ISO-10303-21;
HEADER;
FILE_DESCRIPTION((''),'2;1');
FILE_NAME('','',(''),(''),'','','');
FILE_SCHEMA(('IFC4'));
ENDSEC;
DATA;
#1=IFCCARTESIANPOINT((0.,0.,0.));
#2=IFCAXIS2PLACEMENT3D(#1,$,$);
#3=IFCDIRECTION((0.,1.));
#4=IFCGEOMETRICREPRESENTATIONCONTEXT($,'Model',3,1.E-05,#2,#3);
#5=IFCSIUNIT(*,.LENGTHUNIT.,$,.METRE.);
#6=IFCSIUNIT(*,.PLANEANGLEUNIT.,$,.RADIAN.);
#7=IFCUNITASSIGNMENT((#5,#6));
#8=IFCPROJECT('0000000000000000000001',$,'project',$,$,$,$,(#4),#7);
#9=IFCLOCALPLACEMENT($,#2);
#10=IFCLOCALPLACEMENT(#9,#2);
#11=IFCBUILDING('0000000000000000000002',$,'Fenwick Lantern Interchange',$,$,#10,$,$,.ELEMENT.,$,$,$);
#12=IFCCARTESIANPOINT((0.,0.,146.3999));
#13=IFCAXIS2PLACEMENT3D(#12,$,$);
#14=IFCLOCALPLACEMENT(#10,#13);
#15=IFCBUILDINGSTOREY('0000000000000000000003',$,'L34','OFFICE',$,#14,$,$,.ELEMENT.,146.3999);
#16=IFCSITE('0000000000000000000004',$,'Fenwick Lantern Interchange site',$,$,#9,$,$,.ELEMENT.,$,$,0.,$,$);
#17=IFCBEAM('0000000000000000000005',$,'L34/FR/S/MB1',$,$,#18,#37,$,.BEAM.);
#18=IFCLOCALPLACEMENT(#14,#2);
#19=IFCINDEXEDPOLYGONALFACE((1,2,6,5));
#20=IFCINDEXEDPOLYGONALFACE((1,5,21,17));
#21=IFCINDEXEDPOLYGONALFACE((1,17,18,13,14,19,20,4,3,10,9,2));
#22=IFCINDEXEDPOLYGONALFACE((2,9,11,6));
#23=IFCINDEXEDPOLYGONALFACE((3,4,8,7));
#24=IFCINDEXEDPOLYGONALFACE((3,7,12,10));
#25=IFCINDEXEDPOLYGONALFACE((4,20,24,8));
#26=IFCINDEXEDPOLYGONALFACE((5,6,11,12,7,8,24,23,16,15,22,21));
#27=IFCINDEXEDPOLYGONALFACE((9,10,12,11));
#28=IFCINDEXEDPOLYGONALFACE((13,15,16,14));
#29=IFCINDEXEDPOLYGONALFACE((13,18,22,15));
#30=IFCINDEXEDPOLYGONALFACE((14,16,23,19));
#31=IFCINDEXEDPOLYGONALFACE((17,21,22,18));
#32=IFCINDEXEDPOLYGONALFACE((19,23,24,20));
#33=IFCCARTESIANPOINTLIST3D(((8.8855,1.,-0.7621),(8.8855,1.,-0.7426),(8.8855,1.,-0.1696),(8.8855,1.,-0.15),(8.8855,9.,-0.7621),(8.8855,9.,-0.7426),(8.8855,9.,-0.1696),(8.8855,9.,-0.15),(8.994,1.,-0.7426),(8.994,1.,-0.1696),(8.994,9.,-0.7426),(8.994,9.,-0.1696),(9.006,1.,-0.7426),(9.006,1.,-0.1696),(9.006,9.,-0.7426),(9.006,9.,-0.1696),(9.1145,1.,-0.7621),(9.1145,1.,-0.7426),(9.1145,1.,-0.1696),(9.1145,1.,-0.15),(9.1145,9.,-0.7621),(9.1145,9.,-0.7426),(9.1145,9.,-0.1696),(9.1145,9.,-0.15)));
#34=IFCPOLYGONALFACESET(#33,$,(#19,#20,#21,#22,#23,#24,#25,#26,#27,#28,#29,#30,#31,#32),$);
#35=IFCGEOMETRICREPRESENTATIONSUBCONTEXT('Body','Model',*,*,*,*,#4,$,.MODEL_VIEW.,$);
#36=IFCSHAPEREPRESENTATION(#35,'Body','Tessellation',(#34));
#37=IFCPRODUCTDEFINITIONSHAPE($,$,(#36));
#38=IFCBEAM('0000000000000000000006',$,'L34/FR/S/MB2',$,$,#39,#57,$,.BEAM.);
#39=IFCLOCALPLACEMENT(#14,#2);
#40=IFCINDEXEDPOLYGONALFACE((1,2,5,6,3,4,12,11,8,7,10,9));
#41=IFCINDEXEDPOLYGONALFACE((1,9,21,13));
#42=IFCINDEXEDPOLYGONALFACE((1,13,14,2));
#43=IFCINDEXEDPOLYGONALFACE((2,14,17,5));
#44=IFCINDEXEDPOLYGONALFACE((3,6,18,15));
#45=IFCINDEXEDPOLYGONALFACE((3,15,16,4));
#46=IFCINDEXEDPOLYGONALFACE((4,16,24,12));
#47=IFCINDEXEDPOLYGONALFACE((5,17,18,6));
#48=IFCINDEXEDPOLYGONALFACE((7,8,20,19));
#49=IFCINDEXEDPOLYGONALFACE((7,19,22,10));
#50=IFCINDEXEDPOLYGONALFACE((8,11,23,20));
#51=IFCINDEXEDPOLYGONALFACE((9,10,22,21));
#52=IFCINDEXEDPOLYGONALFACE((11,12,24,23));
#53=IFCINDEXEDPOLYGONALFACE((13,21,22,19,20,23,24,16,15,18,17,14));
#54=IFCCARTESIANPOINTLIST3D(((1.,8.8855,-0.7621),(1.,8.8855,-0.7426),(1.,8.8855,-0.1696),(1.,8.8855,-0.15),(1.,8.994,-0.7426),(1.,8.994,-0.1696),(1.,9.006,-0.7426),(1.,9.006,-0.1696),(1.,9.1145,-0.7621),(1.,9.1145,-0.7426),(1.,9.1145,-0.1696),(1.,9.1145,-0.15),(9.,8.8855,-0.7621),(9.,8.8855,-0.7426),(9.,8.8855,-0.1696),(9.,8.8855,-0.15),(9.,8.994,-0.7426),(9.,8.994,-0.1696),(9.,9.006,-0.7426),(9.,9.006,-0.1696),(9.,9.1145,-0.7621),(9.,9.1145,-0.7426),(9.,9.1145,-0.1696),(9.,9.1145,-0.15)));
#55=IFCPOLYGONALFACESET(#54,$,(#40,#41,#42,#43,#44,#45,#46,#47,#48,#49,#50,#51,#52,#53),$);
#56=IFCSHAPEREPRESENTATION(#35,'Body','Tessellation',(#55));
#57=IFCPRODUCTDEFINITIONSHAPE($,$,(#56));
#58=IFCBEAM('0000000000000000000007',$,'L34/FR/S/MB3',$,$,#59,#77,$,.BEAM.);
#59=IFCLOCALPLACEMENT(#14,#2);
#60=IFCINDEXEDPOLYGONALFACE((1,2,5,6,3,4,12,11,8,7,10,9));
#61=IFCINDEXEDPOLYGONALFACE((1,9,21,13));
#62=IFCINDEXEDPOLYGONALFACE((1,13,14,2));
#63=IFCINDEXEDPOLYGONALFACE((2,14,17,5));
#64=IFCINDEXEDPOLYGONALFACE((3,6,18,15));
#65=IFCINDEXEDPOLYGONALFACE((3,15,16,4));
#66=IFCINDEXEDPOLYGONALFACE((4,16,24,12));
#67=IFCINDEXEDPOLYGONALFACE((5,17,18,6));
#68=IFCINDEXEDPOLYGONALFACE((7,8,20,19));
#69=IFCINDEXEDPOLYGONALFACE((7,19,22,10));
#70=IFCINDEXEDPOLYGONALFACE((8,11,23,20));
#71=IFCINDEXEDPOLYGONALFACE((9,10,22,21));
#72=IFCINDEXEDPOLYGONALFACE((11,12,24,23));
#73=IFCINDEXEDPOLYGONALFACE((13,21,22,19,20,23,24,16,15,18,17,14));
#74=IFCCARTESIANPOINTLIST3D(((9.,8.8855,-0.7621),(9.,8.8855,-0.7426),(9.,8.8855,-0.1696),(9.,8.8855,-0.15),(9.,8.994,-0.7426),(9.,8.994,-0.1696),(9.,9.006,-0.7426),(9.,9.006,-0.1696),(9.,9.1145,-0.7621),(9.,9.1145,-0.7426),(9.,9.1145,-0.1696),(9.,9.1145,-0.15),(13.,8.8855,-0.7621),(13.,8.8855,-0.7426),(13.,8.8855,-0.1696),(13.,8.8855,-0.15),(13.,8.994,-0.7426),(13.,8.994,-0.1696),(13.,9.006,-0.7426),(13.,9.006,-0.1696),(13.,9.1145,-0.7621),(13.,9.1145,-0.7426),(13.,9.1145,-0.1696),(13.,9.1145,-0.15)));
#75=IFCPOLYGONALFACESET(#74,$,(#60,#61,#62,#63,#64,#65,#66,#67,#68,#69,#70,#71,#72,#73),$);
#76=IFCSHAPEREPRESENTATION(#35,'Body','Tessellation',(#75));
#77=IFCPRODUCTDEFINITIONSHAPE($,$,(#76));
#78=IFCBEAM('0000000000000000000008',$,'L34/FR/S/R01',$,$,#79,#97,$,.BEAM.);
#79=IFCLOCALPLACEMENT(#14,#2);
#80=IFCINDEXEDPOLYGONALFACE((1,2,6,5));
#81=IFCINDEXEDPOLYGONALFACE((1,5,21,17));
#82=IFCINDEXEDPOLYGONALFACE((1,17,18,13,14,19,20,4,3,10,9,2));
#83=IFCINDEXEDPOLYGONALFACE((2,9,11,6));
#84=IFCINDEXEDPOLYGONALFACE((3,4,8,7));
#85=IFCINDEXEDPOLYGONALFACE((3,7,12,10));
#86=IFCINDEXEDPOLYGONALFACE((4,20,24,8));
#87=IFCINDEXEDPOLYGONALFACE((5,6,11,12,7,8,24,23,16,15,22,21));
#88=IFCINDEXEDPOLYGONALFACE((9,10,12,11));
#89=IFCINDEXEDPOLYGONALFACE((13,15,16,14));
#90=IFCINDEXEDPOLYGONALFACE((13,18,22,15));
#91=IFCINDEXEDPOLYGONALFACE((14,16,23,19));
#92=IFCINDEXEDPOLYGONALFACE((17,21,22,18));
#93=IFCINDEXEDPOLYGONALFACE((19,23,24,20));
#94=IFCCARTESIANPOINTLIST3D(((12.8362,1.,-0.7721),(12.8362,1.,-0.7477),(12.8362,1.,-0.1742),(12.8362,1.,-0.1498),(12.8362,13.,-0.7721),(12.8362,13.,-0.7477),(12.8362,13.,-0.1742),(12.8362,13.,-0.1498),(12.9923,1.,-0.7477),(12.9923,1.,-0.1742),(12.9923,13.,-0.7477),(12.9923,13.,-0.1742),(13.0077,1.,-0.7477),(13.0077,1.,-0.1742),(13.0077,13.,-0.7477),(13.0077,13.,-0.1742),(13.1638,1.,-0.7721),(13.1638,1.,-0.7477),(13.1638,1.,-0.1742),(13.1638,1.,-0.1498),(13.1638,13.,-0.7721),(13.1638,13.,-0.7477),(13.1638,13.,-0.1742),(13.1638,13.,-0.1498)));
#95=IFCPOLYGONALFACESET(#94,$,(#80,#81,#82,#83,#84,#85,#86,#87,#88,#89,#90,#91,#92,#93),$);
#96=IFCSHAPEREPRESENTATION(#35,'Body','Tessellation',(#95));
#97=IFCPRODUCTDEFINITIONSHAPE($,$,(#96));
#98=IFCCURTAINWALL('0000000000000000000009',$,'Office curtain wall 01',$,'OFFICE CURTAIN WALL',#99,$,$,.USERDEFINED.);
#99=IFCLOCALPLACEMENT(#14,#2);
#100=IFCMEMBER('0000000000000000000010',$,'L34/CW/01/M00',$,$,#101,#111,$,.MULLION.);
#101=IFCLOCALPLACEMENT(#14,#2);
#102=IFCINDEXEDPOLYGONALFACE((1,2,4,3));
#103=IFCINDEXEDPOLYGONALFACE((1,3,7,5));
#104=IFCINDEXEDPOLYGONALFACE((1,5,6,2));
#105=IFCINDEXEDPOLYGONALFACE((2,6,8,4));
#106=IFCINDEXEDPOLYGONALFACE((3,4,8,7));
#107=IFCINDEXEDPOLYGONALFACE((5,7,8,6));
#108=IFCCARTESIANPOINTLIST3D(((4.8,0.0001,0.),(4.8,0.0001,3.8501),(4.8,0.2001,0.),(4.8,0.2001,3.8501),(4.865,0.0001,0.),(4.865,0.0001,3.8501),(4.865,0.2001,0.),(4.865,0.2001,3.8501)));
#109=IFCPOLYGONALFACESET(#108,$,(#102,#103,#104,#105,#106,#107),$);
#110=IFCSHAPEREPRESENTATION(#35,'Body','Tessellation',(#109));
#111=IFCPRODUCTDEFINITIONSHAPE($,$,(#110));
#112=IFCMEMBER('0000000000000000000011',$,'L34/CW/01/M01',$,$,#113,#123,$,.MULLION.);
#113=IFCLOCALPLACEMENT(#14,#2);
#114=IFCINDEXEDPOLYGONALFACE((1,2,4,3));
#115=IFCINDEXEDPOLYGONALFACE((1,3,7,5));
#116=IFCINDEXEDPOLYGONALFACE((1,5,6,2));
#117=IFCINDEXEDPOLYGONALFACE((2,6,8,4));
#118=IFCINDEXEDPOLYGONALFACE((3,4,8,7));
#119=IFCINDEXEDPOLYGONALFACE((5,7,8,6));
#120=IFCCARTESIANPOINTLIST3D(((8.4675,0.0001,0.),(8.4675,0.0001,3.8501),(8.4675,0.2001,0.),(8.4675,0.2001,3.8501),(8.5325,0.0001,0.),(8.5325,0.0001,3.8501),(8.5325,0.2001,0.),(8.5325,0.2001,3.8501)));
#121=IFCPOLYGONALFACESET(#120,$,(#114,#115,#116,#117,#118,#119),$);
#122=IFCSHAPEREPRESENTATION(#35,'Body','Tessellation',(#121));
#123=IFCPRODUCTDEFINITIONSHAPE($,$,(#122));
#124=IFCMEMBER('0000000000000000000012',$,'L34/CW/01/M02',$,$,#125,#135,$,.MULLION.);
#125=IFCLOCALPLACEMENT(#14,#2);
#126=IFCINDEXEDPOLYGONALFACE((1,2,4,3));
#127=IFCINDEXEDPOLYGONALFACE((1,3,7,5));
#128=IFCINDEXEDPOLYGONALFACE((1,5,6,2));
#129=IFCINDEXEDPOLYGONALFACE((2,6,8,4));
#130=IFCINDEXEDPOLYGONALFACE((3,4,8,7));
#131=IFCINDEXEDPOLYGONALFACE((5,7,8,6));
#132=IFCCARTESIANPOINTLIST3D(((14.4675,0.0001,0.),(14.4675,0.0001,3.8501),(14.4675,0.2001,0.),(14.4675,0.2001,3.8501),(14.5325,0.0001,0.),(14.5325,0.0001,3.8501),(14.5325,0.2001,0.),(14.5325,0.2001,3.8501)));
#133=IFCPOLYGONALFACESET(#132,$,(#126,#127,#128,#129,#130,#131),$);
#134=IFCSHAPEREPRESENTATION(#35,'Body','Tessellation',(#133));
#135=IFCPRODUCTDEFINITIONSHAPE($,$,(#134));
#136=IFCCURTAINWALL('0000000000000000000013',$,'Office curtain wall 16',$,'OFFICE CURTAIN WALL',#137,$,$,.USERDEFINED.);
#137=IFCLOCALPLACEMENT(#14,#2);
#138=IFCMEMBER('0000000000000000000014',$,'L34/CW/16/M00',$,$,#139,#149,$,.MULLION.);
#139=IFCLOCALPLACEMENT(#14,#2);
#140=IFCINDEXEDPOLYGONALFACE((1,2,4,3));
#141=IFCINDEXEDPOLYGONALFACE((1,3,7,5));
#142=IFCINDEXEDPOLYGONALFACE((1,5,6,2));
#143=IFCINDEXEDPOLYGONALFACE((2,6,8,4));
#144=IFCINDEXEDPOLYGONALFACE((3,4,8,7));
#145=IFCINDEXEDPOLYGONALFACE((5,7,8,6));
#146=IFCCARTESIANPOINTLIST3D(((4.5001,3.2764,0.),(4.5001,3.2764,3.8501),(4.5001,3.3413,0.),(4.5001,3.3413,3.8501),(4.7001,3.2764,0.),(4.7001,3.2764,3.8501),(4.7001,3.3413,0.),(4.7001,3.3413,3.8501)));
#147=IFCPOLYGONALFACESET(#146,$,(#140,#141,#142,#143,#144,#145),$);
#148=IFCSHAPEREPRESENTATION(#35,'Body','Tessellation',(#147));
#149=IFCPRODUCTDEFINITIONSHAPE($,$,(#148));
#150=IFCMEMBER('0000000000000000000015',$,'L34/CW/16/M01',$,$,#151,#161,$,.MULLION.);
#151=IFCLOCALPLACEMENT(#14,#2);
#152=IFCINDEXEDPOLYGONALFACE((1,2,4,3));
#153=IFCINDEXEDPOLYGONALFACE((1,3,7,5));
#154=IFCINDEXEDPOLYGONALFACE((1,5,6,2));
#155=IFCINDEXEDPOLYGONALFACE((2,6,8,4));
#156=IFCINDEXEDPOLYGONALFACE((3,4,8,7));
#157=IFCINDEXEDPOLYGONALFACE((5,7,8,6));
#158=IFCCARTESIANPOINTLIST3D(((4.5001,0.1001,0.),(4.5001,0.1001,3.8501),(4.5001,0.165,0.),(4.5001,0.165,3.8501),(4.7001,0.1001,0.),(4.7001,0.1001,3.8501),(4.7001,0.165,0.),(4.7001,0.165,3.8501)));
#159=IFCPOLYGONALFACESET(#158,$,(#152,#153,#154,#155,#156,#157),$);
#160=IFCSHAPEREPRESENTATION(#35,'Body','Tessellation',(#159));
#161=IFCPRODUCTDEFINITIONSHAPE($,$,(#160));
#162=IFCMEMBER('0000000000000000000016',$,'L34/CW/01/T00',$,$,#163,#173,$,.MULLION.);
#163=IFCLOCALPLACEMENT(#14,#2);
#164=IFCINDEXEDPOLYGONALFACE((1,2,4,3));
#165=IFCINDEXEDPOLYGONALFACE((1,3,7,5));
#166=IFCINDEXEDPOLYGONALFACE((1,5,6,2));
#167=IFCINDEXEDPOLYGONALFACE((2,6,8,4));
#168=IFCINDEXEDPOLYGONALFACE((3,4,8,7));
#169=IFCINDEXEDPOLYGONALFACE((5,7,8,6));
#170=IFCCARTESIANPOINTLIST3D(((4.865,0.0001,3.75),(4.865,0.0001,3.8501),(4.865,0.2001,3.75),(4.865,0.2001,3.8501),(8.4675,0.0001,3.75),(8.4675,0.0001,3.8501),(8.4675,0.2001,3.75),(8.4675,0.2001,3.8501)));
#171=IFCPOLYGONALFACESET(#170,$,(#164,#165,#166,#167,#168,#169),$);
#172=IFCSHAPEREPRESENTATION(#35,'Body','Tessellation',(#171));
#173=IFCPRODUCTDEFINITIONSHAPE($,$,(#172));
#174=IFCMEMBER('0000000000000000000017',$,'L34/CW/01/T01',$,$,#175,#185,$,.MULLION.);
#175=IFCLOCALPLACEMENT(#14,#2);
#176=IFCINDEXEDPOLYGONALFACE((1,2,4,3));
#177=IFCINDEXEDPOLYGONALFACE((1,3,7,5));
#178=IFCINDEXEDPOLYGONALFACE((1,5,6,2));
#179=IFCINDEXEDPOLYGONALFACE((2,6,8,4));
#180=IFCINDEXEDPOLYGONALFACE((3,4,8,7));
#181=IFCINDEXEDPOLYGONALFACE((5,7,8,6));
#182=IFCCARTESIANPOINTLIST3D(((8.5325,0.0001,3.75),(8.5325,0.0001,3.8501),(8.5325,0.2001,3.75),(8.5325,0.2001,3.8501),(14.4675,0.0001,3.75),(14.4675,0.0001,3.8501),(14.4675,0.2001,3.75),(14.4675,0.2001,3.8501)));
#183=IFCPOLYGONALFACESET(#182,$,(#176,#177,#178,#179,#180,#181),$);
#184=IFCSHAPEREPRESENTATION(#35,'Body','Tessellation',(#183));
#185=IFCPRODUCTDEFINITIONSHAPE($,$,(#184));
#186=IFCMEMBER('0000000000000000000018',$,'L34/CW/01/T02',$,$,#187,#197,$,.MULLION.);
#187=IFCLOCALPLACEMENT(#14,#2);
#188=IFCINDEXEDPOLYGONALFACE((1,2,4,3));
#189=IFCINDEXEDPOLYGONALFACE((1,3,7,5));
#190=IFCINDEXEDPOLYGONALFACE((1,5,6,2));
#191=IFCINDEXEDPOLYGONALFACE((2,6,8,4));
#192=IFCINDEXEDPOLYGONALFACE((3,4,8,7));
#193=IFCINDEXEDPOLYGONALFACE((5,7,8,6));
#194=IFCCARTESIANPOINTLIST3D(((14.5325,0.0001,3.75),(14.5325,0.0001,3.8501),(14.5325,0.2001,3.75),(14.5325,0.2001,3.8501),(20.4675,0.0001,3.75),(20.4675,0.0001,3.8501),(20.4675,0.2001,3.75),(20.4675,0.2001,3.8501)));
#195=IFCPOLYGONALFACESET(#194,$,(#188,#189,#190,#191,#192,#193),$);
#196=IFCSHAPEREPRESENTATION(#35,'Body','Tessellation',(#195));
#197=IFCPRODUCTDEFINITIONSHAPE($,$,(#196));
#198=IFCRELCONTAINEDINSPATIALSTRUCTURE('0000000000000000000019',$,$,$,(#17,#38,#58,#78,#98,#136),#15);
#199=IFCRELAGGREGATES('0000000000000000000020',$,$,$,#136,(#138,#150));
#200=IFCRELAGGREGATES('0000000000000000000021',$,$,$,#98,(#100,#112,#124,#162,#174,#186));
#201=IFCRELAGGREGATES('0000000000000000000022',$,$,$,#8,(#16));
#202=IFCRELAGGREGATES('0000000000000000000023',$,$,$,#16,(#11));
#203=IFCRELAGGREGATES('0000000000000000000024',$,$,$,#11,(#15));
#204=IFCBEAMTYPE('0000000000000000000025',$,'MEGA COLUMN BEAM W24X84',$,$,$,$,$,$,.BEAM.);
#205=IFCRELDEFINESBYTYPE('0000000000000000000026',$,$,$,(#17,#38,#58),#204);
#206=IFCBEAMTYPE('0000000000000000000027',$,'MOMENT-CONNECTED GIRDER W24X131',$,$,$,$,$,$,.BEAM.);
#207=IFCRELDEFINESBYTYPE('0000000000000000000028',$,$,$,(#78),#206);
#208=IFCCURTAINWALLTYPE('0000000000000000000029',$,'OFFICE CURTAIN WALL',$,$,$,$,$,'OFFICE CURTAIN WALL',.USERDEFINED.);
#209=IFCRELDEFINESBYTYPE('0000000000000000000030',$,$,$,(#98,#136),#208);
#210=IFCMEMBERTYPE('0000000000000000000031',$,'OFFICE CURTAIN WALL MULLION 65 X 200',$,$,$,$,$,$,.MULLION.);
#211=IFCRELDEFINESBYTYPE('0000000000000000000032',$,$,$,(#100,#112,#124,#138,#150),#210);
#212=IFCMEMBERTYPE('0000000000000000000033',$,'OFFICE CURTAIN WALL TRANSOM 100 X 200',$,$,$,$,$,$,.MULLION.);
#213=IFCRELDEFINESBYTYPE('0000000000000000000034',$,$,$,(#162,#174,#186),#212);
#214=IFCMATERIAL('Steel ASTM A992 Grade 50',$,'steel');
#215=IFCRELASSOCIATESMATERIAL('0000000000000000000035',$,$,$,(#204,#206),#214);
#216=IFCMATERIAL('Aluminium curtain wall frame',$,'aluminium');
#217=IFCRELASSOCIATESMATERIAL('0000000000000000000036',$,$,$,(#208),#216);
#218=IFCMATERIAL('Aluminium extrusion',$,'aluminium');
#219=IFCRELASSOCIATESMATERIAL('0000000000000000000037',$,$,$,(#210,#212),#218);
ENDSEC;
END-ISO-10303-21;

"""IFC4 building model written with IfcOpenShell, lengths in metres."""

from ifc_helpers import new_model, si_unit, direction, frame, origin, origin_2d, place, context, subcontext, project, spatial, rectangle, i_section, extrude, material, material_profile, profile_set, type_object, element, aggregate, save


model = new_model("IFC4")

# Units and contexts
model_context = context("Model", 3, precision=1e-05, world=origin(), true_north=direction((0.0, 1.0)))
body_context = subcontext(model_context, "Body", "Model", "MODEL_VIEW")
ifc_project = project(units=[si_unit("LENGTHUNIT", "METRE"), si_unit("PLANEANGLEUNIT", "RADIAN")], contexts=[model_context])

# Site, building, storey
site_placement = place(None, origin())
site = spatial("IfcSite", under=ifc_project, at=site_placement, Name="Fenwick Lantern Interchange site", CompositionType="ELEMENT", RefElevation=0.0)
building_placement = place(site_placement, origin())
building = spatial("IfcBuilding", under=site, at=building_placement, Name="Fenwick Lantern Interchange", CompositionType="ELEMENT")
storey_placement = place(building_placement, frame((0.0, 0.0, 146.3999)))
storey = spatial("IfcBuildingStorey", under=building, at=storey_placement, Name="L34", Description="OFFICE", CompositionType="ELEMENT", Elevation=146.3999)

# Shared definitions
ifc_material_1 = material(Name="Steel ASTM A992 Grade 50", Category="steel")

# Beams
ifc_material_profile_1 = material_profile(ifc_material_1, i_section(OverallWidth=0.229, OverallDepth=0.6121, WebThickness=0.012, FlangeThickness=0.0195, at=origin_2d()), Name="W24X84")
ifc_profile_set_1 = profile_set([ifc_material_profile_1], Name="Steel ASTM A992 Grade 50")
beam_type_1 = type_object("IfcBeamType", Name="MEGA COLUMN BEAM W24X84", PredefinedType="BEAM", material=ifc_profile_set_1)
for number, where, z_axis, x_axis, name in (
    (1, (9.0, 9.0, -0.4561), (0.0, -1.0, 0.0), (1.0, 0.0, 0.0), "L34/FR/S/MB1"),
    (2, (9.0, 9.0, -0.4561), (-1.0, 0.0, 0.0), (0.0, -1.0, 0.0), "L34/FR/S/MB2"),
):
    element("IfcBeam", number, at=place(storey_placement, frame(where, z_axis=z_axis, x_axis=x_axis)), inside=storey, type_object=beam_type_1, Name=name, PredefinedType="BEAM", context=body_context, shape_type="SweptSolid", body=[
        extrude(i_section(OverallWidth=0.229, OverallDepth=0.6121, WebThickness=0.012, FlangeThickness=0.0195, at=origin_2d()), origin(), (0.0, 0.0, 1.0), 8.0),
    ])
beam_1_placement = place(storey_placement, frame((9.0, 9.0, -0.4561), z_axis=(1.0, 0.0, 0.0), x_axis=(0.0, 1.0, 0.0)))
element("IfcBeam", 3, at=beam_1_placement, inside=storey, type_object=beam_type_1, Name="L34/FR/S/MB3", PredefinedType="BEAM", context=body_context, shape_type="SweptSolid", body=[
    extrude(i_section(OverallWidth=0.229, OverallDepth=0.6121, WebThickness=0.012, FlangeThickness=0.0195, at=origin_2d()), origin(), (0.0, 0.0, 1.0), 4.0),
])
ifc_material_profile_2 = material_profile(ifc_material_1, i_section(OverallWidth=0.3276, OverallDepth=0.6223, WebThickness=0.0154, FlangeThickness=0.0244, at=origin_2d()), Name="W24X131")
ifc_profile_set_2 = profile_set([ifc_material_profile_2], Name="Steel ASTM A992 Grade 50")
beam_type_2 = type_object("IfcBeamType", Name="MOMENT-CONNECTED GIRDER W24X131", PredefinedType="BEAM", material=ifc_profile_set_2)
beam_2_placement = place(storey_placement, frame((13.0, 1.0, -0.4609), z_axis=(0.0, 1.0, 0.0), x_axis=(-1.0, 0.0, 0.0)))
element("IfcBeam", 4, at=beam_2_placement, inside=storey, type_object=beam_type_2, Name="L34/FR/S/R01", PredefinedType="BEAM", context=body_context, shape_type="SweptSolid", body=[
    extrude(i_section(OverallWidth=0.3276, OverallDepth=0.6223, WebThickness=0.0154, FlangeThickness=0.0244, at=origin_2d()), origin(), (0.0, 0.0, 1.0), 12.0),
])

# Curtain walls, members
ifc_material_2 = material(Name="Aluminium curtain wall frame", Category="aluminium")
curtain_wall_type = type_object("IfcCurtainWallType", Name="OFFICE CURTAIN WALL", ElementType="OFFICE CURTAIN WALL", PredefinedType="USERDEFINED", material=ifc_material_2)
curtain_wall_1_placement = place(storey_placement, origin())
curtain_wall_1 = element("IfcCurtainWall", 5, at=curtain_wall_1_placement, inside=storey, type_object=curtain_wall_type, Name="Office curtain wall 01", ObjectType="OFFICE CURTAIN WALL", PredefinedType="USERDEFINED")
ifc_material_3 = material(Name="Aluminium extrusion", Category="aluminium")
ifc_material_profile_3 = material_profile(ifc_material_3, rectangle(XDim=0.2, YDim=0.0649, at=origin_2d()), Name="OFFICE CURTAIN WALL MULLION 65 X 200")
ifc_profile_set_3 = profile_set([ifc_material_profile_3], Name="Aluminium extrusion")
member_type_1 = type_object("IfcMemberType", Name="OFFICE CURTAIN WALL MULLION 65 X 200", PredefinedType="MULLION", material=ifc_profile_set_3)
member_1_placement = place(storey_placement, frame((4.8325, 0.1001, 0.0), z_axis=(0.0, 0.0, 1.0), x_axis=(0.0, 1.0, 0.0)))
member_1 = element("IfcMember", 6, at=member_1_placement, type_object=member_type_1, Name="L34/CW/01/M00", PredefinedType="MULLION", context=body_context, shape_type="SweptSolid", body=[
    extrude(rectangle(XDim=0.2, YDim=0.0649, at=origin_2d()), origin(), (0.0, 0.0, 1.0), 3.8501),
])
member_2_placement = place(storey_placement, frame((8.5, 0.1001, 0.0), z_axis=(0.0, 0.0, 1.0), x_axis=(0.0, 1.0, 0.0)))
member_2 = element("IfcMember", 7, at=member_2_placement, type_object=member_type_1, Name="L34/CW/01/M01", PredefinedType="MULLION", context=body_context, shape_type="SweptSolid", body=[
    extrude(rectangle(XDim=0.2, YDim=0.0649, at=origin_2d()), origin(), (0.0, 0.0, 1.0), 3.8501),
])
member_3_placement = place(storey_placement, frame((14.5, 0.1001, 0.0), z_axis=(0.0, 0.0, 1.0), x_axis=(0.0, 1.0, 0.0)))
member_3 = element("IfcMember", 8, at=member_3_placement, type_object=member_type_1, Name="L34/CW/01/M02", PredefinedType="MULLION", context=body_context, shape_type="SweptSolid", body=[
    extrude(rectangle(XDim=0.2, YDim=0.0649, at=origin_2d()), origin(), (0.0, 0.0, 1.0), 3.8501),
])
curtain_wall_2_placement = place(storey_placement, origin())
curtain_wall_2 = element("IfcCurtainWall", 9, at=curtain_wall_2_placement, inside=storey, type_object=curtain_wall_type, Name="Office curtain wall 16", ObjectType="OFFICE CURTAIN WALL", PredefinedType="USERDEFINED")
member_4_placement = place(storey_placement, frame((4.6001, 3.3088, 0.0), z_axis=(0.0, 0.0, 1.0), x_axis=(1.0, 0.0, 0.0)))
member_4 = element("IfcMember", 10, at=member_4_placement, type_object=member_type_1, Name="L34/CW/16/M00", PredefinedType="MULLION", context=body_context, shape_type="SweptSolid", body=[
    extrude(rectangle(XDim=0.2, YDim=0.0649, at=origin_2d()), origin(), (0.0, 0.0, 1.0), 3.8501),
])
member_5_placement = place(storey_placement, frame((4.6001, 0.1326, 0.0), z_axis=(0.0, 0.0, 1.0), x_axis=(1.0, 0.0, 0.0)))
member_5 = element("IfcMember", 11, at=member_5_placement, type_object=member_type_1, Name="L34/CW/16/M01", PredefinedType="MULLION", context=body_context, shape_type="SweptSolid", body=[
    extrude(rectangle(XDim=0.2, YDim=0.0649, at=origin_2d()), origin(), (0.0, 0.0, 1.0), 3.8501),
])

# Members
ifc_material_profile_4 = material_profile(ifc_material_3, rectangle(XDim=0.2, YDim=0.1001, at=origin_2d()), Name="OFFICE CURTAIN WALL TRANSOM 100 X 200")
ifc_profile_set_4 = profile_set([ifc_material_profile_4], Name="Aluminium extrusion")
member_type_2 = type_object("IfcMemberType", Name="OFFICE CURTAIN WALL TRANSOM 100 X 200", PredefinedType="MULLION", material=ifc_profile_set_4)
member_6_placement = place(storey_placement, frame((4.865, 0.1001, 3.8), z_axis=(1.0, 0.0, 0.0), x_axis=(0.0, 1.0, 0.0)))
member_6 = element("IfcMember", 12, at=member_6_placement, type_object=member_type_2, Name="L34/CW/01/T00", PredefinedType="MULLION", context=body_context, shape_type="SweptSolid", body=[
    extrude(rectangle(XDim=0.2, YDim=0.1001, at=origin_2d()), origin(), (0.0, 0.0, 1.0), 3.6025),
])
member_7_placement = place(storey_placement, frame((8.5325, 0.1001, 3.8), z_axis=(1.0, 0.0, 0.0), x_axis=(0.0, 1.0, 0.0)))
member_7 = element("IfcMember", 13, at=member_7_placement, type_object=member_type_2, Name="L34/CW/01/T01", PredefinedType="MULLION", context=body_context, shape_type="SweptSolid", body=[
    extrude(rectangle(XDim=0.2, YDim=0.1001, at=origin_2d()), origin(), (0.0, 0.0, 1.0), 5.9351),
])
member_8_placement = place(storey_placement, frame((14.5325, 0.1001, 3.8), z_axis=(1.0, 0.0, 0.0), x_axis=(0.0, 1.0, 0.0)))
member_8 = element("IfcMember", 14, at=member_8_placement, type_object=member_type_2, Name="L34/CW/01/T02", PredefinedType="MULLION", context=body_context, shape_type="SweptSolid", body=[
    extrude(rectangle(XDim=0.2, YDim=0.1001, at=origin_2d()), origin(), (0.0, 0.0, 1.0), 5.9351),
])
aggregate(curtain_wall_2, [member_4, member_5])

aggregate(curtain_wall_1, [member_1, member_2, member_3, member_6, member_7, member_8])

save(model, "model.ifc")
